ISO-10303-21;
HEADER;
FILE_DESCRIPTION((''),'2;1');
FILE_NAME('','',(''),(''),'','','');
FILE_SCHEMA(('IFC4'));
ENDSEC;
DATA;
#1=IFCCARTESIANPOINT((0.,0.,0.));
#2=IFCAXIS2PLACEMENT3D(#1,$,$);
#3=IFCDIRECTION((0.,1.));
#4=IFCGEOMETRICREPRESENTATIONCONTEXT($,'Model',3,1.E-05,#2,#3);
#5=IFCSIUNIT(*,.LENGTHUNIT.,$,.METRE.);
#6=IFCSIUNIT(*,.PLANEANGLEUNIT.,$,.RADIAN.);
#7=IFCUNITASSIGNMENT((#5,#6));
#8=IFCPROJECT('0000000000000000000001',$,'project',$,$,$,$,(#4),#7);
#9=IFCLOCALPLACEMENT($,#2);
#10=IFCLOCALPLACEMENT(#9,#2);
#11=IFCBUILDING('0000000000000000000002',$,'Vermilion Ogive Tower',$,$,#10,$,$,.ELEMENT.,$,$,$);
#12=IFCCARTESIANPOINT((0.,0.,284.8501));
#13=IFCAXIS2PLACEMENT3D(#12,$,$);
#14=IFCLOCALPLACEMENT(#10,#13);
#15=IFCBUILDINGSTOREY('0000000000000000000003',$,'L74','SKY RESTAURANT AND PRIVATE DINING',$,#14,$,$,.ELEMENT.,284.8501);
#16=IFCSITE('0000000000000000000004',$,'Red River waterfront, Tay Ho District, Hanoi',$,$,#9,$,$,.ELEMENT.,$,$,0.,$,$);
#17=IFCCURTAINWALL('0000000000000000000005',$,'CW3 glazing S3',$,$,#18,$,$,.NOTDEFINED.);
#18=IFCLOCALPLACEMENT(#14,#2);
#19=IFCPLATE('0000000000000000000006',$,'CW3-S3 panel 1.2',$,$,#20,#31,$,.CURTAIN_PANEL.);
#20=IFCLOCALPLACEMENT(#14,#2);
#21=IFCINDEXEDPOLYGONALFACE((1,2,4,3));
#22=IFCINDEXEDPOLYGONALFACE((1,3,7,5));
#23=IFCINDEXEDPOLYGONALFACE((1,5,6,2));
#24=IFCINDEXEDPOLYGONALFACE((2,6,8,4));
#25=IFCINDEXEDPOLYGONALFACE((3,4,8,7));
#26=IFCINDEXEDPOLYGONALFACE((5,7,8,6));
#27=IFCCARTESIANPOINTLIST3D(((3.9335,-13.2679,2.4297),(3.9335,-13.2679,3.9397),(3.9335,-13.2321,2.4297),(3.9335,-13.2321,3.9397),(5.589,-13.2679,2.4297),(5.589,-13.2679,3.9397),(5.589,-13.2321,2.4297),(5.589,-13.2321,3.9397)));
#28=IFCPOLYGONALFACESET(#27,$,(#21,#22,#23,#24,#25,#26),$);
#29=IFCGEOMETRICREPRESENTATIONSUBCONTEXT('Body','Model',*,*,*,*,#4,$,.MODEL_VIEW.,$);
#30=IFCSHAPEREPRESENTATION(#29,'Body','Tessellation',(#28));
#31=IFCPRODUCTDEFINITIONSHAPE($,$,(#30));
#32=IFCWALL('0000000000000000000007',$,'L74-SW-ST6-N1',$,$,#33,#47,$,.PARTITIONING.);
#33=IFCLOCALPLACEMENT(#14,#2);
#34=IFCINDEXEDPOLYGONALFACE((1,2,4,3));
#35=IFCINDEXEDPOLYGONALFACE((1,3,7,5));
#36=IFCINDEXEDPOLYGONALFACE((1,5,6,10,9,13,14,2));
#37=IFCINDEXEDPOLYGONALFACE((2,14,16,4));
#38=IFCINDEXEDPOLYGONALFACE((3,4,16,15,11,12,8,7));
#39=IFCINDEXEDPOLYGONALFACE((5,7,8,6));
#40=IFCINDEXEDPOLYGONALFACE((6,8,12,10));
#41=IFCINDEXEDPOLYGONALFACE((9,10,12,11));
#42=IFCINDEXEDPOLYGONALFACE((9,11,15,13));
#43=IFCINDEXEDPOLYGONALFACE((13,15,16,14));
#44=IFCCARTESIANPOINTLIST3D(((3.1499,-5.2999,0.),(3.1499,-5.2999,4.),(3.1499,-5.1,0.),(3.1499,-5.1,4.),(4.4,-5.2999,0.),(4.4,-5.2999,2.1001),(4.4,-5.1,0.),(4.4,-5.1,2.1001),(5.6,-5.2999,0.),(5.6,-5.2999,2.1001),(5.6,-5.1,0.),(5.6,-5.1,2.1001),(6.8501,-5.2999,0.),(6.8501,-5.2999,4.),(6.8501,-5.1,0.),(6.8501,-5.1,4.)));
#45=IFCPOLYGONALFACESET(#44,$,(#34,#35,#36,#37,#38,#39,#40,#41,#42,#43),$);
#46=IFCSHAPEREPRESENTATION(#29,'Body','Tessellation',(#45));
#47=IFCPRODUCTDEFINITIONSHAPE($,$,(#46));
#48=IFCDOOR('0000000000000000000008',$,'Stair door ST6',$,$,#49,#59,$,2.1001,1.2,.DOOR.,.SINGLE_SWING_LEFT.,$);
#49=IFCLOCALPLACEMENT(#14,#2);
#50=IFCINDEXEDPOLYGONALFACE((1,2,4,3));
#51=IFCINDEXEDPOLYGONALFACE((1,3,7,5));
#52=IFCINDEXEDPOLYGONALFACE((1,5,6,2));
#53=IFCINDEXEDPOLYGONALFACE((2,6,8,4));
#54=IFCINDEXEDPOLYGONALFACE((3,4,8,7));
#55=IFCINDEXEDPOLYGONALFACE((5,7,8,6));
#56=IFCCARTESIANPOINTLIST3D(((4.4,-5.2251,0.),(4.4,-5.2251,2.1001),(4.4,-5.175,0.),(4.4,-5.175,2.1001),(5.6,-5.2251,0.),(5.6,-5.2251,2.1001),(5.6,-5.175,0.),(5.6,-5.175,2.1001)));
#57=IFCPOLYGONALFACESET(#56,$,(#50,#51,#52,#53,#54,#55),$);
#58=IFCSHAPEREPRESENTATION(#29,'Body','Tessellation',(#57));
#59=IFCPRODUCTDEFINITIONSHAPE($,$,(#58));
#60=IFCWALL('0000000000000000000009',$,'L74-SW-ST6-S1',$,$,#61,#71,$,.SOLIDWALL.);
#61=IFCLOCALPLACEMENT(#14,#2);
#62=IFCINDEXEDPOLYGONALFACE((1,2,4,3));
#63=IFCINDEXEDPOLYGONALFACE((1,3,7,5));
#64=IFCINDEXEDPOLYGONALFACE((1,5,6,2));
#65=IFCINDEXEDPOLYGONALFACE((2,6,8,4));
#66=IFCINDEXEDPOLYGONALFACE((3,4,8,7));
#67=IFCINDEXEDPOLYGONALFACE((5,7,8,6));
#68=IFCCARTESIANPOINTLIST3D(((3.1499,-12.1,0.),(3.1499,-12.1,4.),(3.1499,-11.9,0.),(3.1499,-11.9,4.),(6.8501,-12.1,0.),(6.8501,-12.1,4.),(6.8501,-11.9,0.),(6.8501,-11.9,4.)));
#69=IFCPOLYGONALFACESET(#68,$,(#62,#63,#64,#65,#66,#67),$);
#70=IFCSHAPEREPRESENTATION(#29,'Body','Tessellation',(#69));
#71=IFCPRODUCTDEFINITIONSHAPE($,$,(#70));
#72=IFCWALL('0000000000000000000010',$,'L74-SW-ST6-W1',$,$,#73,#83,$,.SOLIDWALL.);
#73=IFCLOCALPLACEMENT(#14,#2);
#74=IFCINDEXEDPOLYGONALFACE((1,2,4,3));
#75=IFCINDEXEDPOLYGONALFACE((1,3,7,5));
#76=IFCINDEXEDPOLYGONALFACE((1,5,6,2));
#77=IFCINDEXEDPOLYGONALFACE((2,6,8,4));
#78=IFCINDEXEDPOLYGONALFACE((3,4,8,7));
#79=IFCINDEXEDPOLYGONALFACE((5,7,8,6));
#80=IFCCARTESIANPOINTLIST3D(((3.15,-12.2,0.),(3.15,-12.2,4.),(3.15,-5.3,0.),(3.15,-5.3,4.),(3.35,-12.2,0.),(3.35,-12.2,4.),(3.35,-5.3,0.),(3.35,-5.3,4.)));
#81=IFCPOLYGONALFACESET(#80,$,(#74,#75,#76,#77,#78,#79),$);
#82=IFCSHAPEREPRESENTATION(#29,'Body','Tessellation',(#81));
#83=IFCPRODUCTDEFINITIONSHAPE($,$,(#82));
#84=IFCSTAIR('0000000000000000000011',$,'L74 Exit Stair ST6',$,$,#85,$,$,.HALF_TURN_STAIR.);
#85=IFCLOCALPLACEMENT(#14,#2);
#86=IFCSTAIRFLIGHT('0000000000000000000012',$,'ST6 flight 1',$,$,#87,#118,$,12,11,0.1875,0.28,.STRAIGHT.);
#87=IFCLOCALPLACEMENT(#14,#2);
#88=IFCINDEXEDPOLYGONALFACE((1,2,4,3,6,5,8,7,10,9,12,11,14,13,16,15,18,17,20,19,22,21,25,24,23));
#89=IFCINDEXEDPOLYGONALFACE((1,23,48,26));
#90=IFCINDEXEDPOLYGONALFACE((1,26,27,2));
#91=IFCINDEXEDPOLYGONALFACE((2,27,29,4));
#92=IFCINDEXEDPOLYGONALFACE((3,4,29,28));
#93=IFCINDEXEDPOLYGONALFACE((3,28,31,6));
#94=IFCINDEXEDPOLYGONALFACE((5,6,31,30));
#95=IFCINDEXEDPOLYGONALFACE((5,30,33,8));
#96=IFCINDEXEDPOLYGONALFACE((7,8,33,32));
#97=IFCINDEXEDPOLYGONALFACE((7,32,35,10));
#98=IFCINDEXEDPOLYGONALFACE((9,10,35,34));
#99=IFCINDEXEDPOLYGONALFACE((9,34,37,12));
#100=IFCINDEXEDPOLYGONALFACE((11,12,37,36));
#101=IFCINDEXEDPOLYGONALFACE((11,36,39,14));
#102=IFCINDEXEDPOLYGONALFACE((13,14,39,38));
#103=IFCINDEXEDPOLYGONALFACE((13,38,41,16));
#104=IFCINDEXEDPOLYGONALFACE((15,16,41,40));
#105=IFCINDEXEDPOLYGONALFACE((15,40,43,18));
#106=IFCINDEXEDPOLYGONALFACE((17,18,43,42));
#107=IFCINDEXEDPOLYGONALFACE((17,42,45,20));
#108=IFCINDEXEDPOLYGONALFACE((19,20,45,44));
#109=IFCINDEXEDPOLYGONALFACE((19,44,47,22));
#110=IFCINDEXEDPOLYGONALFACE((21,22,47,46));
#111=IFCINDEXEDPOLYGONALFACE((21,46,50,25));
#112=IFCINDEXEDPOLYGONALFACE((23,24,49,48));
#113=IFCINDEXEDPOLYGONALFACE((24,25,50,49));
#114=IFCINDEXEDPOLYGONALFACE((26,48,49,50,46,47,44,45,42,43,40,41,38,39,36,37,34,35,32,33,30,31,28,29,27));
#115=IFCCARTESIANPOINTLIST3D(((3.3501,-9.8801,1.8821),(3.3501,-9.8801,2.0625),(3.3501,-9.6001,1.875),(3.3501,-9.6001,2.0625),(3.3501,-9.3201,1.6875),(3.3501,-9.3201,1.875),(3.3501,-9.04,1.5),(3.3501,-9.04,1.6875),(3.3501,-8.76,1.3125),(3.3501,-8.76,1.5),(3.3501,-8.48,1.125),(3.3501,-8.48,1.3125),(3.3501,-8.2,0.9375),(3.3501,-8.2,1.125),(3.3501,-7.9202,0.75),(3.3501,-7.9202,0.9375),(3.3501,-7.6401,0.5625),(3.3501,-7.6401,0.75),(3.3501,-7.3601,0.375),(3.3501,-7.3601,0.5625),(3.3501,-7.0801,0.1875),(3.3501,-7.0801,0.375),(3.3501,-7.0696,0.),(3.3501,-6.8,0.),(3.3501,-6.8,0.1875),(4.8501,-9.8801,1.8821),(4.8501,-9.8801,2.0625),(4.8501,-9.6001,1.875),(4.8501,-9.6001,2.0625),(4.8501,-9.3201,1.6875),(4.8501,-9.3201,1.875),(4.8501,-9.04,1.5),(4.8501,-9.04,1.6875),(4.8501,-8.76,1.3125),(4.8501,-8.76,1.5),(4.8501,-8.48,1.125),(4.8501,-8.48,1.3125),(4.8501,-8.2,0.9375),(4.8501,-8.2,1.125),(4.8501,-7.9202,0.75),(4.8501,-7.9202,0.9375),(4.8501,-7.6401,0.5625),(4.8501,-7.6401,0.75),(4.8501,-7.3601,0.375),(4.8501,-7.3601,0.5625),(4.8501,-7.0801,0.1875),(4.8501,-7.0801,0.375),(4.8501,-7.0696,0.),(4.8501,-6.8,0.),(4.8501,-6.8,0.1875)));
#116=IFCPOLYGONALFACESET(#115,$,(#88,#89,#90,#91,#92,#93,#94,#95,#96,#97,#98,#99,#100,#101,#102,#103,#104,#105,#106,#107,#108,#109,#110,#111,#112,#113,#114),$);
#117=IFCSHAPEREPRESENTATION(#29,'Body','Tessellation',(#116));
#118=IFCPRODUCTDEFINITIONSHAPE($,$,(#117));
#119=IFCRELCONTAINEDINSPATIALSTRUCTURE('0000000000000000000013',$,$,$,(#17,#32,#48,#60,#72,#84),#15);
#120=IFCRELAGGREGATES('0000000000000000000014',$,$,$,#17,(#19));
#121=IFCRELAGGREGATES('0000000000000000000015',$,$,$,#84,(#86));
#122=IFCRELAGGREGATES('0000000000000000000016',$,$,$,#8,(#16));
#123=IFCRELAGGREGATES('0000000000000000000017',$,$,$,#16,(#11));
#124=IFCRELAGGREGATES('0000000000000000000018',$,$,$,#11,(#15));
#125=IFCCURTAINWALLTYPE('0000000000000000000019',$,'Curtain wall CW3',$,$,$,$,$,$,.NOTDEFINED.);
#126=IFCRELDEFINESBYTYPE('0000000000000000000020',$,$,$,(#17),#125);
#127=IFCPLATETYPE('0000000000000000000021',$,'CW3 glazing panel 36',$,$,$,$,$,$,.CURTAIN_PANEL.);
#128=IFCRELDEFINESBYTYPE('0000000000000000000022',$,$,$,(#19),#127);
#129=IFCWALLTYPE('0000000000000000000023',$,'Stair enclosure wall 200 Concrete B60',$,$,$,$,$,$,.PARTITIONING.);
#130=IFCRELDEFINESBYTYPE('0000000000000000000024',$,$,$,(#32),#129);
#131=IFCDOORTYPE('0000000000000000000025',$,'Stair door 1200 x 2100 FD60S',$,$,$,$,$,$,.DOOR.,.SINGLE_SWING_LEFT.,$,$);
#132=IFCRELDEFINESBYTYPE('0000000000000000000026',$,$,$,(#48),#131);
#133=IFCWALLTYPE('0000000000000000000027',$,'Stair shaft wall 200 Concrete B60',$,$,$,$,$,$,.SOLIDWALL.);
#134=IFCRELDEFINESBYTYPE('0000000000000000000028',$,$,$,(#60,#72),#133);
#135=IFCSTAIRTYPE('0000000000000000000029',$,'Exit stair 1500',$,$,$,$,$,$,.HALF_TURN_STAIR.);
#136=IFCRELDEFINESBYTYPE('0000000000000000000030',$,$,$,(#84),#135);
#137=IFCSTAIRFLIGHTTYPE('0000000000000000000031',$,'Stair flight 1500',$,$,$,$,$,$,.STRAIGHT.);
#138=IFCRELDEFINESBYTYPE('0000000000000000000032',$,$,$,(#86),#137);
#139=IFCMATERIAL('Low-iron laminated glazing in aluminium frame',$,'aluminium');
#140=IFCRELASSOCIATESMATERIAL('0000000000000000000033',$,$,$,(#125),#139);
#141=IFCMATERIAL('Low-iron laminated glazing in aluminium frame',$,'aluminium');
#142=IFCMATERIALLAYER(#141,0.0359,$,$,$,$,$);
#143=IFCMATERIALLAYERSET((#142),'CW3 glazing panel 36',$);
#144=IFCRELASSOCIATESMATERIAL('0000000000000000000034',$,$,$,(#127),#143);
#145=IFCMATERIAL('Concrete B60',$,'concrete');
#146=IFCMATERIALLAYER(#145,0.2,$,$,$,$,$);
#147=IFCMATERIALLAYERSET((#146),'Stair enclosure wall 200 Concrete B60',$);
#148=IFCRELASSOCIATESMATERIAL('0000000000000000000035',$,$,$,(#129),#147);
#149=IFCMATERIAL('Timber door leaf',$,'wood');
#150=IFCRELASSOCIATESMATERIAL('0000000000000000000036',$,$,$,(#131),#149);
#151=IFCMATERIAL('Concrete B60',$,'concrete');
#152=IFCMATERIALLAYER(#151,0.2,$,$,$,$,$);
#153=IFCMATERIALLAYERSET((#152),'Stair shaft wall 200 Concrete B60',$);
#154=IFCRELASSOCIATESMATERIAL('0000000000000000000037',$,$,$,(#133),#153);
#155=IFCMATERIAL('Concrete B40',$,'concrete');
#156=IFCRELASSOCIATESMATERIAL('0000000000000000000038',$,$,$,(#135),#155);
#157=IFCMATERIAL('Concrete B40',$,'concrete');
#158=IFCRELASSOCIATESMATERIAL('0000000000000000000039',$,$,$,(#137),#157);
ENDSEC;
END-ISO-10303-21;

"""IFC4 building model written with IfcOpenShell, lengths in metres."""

from ifc_helpers import new_model, si_unit, direction, frame, frame_2d, origin, origin_2d, place, context, subcontext, project, spatial, polyline, rectangle, outline, extrude, material, layer, layer_set, type_object, element, fill, aggregate, save


model = new_model("IFC4")

# Units and contexts
model_context = context("Model", 3, precision=1e-05, world=origin(), true_north=direction((0.0, 1.0)))
body_context = subcontext(model_context, "Body", "Model", "MODEL_VIEW")
ifc_project = project(units=[si_unit("LENGTHUNIT", "METRE"), si_unit("PLANEANGLEUNIT", "RADIAN")], contexts=[model_context])

# Site, building, storey
site_placement = place(None, origin())
site = spatial("IfcSite", under=ifc_project, at=site_placement, Name="Red River waterfront, Tay Ho District, Hanoi", CompositionType="ELEMENT", RefElevation=0.0)
building_placement = place(site_placement, origin())
building = spatial("IfcBuilding", under=site, at=building_placement, Name="Vermilion Ogive Tower", CompositionType="ELEMENT")
storey_placement = place(building_placement, frame((0.0, 0.0, 284.8501)))
storey = spatial("IfcBuildingStorey", under=building, at=storey_placement, Name="L74", Description="SKY RESTAURANT AND PRIVATE DINING", CompositionType="ELEMENT", Elevation=284.8501)

# Shared definitions
ifc_material_1 = material(Name="Low-iron laminated glazing in aluminium frame", Category="aluminium")
curtain_wall_type = type_object("IfcCurtainWallType", Name="Curtain wall CW3", PredefinedType="NOTDEFINED", material=ifc_material_1)

# Curtain wall
curtain_wall_1_placement = place(storey_placement, origin())
curtain_wall_1 = element("IfcCurtainWall", 1, at=curtain_wall_1_placement, inside=storey, type_object=curtain_wall_type, Name="CW3 glazing S3", PredefinedType="NOTDEFINED")

# Plate
ifc_material_2 = material(Name="Low-iron laminated glazing in aluminium frame", Category="aluminium")
ifc_layer_1 = layer(ifc_material_2, 0.0359)
ifc_layer_set_1 = layer_set([ifc_layer_1], Name="CW3 glazing panel 36")
plate_type = type_object("IfcPlateType", Name="CW3 glazing panel 36", PredefinedType="CURTAIN_PANEL", material=ifc_layer_set_1)
plate_1_placement = place(storey_placement, frame((4.7612, -13.25, 2.4297), z_axis=(0.0, 0.0, 1.0), x_axis=(1.0, 0.0, 0.0)))
plate_1 = element("IfcPlate", 2, at=plate_1_placement, type_object=plate_type, Name="CW3-S3 panel 1.2", PredefinedType="CURTAIN_PANEL", context=body_context, shape_type="SweptSolid", body=[
    extrude(rectangle(XDim=1.6555, YDim=0.0359, at=origin_2d()), origin(), (0.0, 0.0, 1.0), 1.51),
])
aggregate(curtain_wall_1, [plate_1])

# Wall, opening, door
ifc_material_3 = material(Name="Concrete B60", Category="concrete")
ifc_layer_2 = layer(ifc_material_3, 0.2)
ifc_layer_set_2 = layer_set([ifc_layer_2], Name="Stair enclosure wall 200 Concrete B60")
wall_type_1 = type_object("IfcWallType", Name="Stair enclosure wall 200 Concrete B60", PredefinedType="PARTITIONING", material=ifc_layer_set_2)
wall_1_placement = place(storey_placement, frame((3.1499, -5.2, 0.0), z_axis=(0.0, 0.0, 1.0), x_axis=(1.0, 0.0, 0.0)))
wall_1 = element("IfcWall", 3, at=wall_1_placement, inside=storey, type_object=wall_type_1, Name="L74-SW-ST6-N1", PredefinedType="PARTITIONING", context=body_context, shape_type="SweptSolid", body=[
    extrude(rectangle(XDim=3.7002, YDim=0.2, at=frame_2d((1.8501, 0.0))), origin(), (0.0, 0.0, 1.0), 4.0),
])
opening_placement = place(wall_1_placement, frame((1.25, 0.0, 0.0)))
opening = element("IfcOpeningElement", 4, at=opening_placement, cuts=wall_1, PredefinedType="OPENING", context=body_context, shape_type="SweptSolid", body=[
    extrude(rectangle(XDim=1.2, YDim=2.1001, at=frame_2d((0.6001, 1.05))), frame((0.0, 0.1099, 0.0), z_axis=(0.0, -1.0, 0.0), x_axis=(1.0, 0.0, 0.0)), (0.0, 0.0, 1.0), 0.22),
])
ifc_material_4 = material(Name="Timber door leaf", Category="wood")
door_type = type_object("IfcDoorType", Name="Stair door 1200 x 2100 FD60S", OperationType="SINGLE_SWING_LEFT", PredefinedType="DOOR", material=ifc_material_4)
door_placement = place(opening_placement, origin())
door = element("IfcDoor", 5, at=door_placement, inside=storey, type_object=door_type, Name="Stair door ST6", OperationType="SINGLE_SWING_LEFT", OverallHeight=2.1001, OverallWidth=1.2, PredefinedType="DOOR", context=body_context, shape_type="SweptSolid", body=[
    extrude(rectangle(XDim=1.2, YDim=2.1001, at=frame_2d((0.6001, 1.05))), frame((0.0, 0.0249, 0.0), z_axis=(0.0, -1.0, 0.0), x_axis=(1.0, 0.0, 0.0)), (0.0, 0.0, 1.0), 0.05),
])
fill(opening, door)

# Walls
ifc_material_5 = material(Name="Concrete B60", Category="concrete")
ifc_layer_3 = layer(ifc_material_5, 0.2)
ifc_layer_set_3 = layer_set([ifc_layer_3], Name="Stair shaft wall 200 Concrete B60")
wall_type_2 = type_object("IfcWallType", Name="Stair shaft wall 200 Concrete B60", PredefinedType="SOLIDWALL", material=ifc_layer_set_3)
wall_2_placement = place(storey_placement, frame((3.1499, -12.0, 0.0), z_axis=(0.0, 0.0, 1.0), x_axis=(1.0, 0.0, 0.0)))
element("IfcWall", 6, at=wall_2_placement, inside=storey, type_object=wall_type_2, Name="L74-SW-ST6-S1", PredefinedType="SOLIDWALL", context=body_context, shape_type="SweptSolid", body=[
    extrude(rectangle(XDim=3.7002, YDim=0.2, at=frame_2d((1.8501, 0.0))), origin(), (0.0, 0.0, 1.0), 4.0),
])
wall_3_placement = place(storey_placement, frame((3.25, -12.2, 0.0), z_axis=(0.0, 0.0, 1.0), x_axis=(0.0, 1.0, 0.0)))
element("IfcWall", 7, at=wall_3_placement, inside=storey, type_object=wall_type_2, Name="L74-SW-ST6-W1", PredefinedType="SOLIDWALL", context=body_context, shape_type="SweptSolid", body=[
    extrude(rectangle(XDim=6.8999, YDim=0.2, at=frame_2d((3.45, 0.0))), origin(), (0.0, 0.0, 1.0), 4.0),
])

# Stair, stair flight
ifc_material_6 = material(Name="Concrete B40", Category="concrete")
stair_type = type_object("IfcStairType", Name="Exit stair 1500", PredefinedType="HALF_TURN_STAIR", material=ifc_material_6)
stair_placement = place(storey_placement, origin())
stair = element("IfcStair", 8, at=stair_placement, inside=storey, type_object=stair_type, Name="L74 Exit Stair ST6", PredefinedType="HALF_TURN_STAIR")
ifc_material_7 = material(Name="Concrete B40", Category="concrete")
stair_flight_type = type_object("IfcStairFlightType", Name="Stair flight 1500", PredefinedType="STRAIGHT", material=ifc_material_7)
stair_flight_placement = place(storey_placement, frame((4.1001, -6.8, 0.0), z_axis=(0.0, 0.0, 1.0), x_axis=(0.0, -1.0, 0.0)))
stair_flight = element("IfcStairFlight", 9, at=stair_flight_placement, type_object=stair_flight_type, Name="ST6 flight 1", NumberOfRisers=12, NumberOfTreads=11, PredefinedType="STRAIGHT", RiserHeight=0.1875, TreadLength=0.28, context=body_context, shape_type="SweptSolid", body=[
    extrude(outline(polyline([(0.0, 0.0), (0.0, 0.1875), (0.28, 0.1875), (0.28, 0.375), (0.5601, 0.375), (0.5601, 0.5625), (0.8401, 0.5625), (0.8401, 0.75), (1.1201, 0.75), (1.1201, 0.9375), (1.3999, 0.9375), (1.3999, 1.125), (1.6799, 1.125), (1.6799, 1.3125), (1.96, 1.3125), (1.96, 1.5), (2.24, 1.5), (2.24, 1.6875), (2.52, 1.6875), (2.52, 1.875), (2.8, 1.875), (2.8, 2.0625), (3.0801, 2.0625), (3.0801, 2.25), (3.0801, 1.8821), (0.2695, 0.0), (0.0, 0.0)])), frame((0.0, 0.75, 0.0), z_axis=(0.0, -1.0, 0.0), x_axis=(1.0, 0.0, 0.0)), (0.0, 0.0, 1.0), 1.5),
])
aggregate(stair, [stair_flight])

save(model, "model.ifc")
